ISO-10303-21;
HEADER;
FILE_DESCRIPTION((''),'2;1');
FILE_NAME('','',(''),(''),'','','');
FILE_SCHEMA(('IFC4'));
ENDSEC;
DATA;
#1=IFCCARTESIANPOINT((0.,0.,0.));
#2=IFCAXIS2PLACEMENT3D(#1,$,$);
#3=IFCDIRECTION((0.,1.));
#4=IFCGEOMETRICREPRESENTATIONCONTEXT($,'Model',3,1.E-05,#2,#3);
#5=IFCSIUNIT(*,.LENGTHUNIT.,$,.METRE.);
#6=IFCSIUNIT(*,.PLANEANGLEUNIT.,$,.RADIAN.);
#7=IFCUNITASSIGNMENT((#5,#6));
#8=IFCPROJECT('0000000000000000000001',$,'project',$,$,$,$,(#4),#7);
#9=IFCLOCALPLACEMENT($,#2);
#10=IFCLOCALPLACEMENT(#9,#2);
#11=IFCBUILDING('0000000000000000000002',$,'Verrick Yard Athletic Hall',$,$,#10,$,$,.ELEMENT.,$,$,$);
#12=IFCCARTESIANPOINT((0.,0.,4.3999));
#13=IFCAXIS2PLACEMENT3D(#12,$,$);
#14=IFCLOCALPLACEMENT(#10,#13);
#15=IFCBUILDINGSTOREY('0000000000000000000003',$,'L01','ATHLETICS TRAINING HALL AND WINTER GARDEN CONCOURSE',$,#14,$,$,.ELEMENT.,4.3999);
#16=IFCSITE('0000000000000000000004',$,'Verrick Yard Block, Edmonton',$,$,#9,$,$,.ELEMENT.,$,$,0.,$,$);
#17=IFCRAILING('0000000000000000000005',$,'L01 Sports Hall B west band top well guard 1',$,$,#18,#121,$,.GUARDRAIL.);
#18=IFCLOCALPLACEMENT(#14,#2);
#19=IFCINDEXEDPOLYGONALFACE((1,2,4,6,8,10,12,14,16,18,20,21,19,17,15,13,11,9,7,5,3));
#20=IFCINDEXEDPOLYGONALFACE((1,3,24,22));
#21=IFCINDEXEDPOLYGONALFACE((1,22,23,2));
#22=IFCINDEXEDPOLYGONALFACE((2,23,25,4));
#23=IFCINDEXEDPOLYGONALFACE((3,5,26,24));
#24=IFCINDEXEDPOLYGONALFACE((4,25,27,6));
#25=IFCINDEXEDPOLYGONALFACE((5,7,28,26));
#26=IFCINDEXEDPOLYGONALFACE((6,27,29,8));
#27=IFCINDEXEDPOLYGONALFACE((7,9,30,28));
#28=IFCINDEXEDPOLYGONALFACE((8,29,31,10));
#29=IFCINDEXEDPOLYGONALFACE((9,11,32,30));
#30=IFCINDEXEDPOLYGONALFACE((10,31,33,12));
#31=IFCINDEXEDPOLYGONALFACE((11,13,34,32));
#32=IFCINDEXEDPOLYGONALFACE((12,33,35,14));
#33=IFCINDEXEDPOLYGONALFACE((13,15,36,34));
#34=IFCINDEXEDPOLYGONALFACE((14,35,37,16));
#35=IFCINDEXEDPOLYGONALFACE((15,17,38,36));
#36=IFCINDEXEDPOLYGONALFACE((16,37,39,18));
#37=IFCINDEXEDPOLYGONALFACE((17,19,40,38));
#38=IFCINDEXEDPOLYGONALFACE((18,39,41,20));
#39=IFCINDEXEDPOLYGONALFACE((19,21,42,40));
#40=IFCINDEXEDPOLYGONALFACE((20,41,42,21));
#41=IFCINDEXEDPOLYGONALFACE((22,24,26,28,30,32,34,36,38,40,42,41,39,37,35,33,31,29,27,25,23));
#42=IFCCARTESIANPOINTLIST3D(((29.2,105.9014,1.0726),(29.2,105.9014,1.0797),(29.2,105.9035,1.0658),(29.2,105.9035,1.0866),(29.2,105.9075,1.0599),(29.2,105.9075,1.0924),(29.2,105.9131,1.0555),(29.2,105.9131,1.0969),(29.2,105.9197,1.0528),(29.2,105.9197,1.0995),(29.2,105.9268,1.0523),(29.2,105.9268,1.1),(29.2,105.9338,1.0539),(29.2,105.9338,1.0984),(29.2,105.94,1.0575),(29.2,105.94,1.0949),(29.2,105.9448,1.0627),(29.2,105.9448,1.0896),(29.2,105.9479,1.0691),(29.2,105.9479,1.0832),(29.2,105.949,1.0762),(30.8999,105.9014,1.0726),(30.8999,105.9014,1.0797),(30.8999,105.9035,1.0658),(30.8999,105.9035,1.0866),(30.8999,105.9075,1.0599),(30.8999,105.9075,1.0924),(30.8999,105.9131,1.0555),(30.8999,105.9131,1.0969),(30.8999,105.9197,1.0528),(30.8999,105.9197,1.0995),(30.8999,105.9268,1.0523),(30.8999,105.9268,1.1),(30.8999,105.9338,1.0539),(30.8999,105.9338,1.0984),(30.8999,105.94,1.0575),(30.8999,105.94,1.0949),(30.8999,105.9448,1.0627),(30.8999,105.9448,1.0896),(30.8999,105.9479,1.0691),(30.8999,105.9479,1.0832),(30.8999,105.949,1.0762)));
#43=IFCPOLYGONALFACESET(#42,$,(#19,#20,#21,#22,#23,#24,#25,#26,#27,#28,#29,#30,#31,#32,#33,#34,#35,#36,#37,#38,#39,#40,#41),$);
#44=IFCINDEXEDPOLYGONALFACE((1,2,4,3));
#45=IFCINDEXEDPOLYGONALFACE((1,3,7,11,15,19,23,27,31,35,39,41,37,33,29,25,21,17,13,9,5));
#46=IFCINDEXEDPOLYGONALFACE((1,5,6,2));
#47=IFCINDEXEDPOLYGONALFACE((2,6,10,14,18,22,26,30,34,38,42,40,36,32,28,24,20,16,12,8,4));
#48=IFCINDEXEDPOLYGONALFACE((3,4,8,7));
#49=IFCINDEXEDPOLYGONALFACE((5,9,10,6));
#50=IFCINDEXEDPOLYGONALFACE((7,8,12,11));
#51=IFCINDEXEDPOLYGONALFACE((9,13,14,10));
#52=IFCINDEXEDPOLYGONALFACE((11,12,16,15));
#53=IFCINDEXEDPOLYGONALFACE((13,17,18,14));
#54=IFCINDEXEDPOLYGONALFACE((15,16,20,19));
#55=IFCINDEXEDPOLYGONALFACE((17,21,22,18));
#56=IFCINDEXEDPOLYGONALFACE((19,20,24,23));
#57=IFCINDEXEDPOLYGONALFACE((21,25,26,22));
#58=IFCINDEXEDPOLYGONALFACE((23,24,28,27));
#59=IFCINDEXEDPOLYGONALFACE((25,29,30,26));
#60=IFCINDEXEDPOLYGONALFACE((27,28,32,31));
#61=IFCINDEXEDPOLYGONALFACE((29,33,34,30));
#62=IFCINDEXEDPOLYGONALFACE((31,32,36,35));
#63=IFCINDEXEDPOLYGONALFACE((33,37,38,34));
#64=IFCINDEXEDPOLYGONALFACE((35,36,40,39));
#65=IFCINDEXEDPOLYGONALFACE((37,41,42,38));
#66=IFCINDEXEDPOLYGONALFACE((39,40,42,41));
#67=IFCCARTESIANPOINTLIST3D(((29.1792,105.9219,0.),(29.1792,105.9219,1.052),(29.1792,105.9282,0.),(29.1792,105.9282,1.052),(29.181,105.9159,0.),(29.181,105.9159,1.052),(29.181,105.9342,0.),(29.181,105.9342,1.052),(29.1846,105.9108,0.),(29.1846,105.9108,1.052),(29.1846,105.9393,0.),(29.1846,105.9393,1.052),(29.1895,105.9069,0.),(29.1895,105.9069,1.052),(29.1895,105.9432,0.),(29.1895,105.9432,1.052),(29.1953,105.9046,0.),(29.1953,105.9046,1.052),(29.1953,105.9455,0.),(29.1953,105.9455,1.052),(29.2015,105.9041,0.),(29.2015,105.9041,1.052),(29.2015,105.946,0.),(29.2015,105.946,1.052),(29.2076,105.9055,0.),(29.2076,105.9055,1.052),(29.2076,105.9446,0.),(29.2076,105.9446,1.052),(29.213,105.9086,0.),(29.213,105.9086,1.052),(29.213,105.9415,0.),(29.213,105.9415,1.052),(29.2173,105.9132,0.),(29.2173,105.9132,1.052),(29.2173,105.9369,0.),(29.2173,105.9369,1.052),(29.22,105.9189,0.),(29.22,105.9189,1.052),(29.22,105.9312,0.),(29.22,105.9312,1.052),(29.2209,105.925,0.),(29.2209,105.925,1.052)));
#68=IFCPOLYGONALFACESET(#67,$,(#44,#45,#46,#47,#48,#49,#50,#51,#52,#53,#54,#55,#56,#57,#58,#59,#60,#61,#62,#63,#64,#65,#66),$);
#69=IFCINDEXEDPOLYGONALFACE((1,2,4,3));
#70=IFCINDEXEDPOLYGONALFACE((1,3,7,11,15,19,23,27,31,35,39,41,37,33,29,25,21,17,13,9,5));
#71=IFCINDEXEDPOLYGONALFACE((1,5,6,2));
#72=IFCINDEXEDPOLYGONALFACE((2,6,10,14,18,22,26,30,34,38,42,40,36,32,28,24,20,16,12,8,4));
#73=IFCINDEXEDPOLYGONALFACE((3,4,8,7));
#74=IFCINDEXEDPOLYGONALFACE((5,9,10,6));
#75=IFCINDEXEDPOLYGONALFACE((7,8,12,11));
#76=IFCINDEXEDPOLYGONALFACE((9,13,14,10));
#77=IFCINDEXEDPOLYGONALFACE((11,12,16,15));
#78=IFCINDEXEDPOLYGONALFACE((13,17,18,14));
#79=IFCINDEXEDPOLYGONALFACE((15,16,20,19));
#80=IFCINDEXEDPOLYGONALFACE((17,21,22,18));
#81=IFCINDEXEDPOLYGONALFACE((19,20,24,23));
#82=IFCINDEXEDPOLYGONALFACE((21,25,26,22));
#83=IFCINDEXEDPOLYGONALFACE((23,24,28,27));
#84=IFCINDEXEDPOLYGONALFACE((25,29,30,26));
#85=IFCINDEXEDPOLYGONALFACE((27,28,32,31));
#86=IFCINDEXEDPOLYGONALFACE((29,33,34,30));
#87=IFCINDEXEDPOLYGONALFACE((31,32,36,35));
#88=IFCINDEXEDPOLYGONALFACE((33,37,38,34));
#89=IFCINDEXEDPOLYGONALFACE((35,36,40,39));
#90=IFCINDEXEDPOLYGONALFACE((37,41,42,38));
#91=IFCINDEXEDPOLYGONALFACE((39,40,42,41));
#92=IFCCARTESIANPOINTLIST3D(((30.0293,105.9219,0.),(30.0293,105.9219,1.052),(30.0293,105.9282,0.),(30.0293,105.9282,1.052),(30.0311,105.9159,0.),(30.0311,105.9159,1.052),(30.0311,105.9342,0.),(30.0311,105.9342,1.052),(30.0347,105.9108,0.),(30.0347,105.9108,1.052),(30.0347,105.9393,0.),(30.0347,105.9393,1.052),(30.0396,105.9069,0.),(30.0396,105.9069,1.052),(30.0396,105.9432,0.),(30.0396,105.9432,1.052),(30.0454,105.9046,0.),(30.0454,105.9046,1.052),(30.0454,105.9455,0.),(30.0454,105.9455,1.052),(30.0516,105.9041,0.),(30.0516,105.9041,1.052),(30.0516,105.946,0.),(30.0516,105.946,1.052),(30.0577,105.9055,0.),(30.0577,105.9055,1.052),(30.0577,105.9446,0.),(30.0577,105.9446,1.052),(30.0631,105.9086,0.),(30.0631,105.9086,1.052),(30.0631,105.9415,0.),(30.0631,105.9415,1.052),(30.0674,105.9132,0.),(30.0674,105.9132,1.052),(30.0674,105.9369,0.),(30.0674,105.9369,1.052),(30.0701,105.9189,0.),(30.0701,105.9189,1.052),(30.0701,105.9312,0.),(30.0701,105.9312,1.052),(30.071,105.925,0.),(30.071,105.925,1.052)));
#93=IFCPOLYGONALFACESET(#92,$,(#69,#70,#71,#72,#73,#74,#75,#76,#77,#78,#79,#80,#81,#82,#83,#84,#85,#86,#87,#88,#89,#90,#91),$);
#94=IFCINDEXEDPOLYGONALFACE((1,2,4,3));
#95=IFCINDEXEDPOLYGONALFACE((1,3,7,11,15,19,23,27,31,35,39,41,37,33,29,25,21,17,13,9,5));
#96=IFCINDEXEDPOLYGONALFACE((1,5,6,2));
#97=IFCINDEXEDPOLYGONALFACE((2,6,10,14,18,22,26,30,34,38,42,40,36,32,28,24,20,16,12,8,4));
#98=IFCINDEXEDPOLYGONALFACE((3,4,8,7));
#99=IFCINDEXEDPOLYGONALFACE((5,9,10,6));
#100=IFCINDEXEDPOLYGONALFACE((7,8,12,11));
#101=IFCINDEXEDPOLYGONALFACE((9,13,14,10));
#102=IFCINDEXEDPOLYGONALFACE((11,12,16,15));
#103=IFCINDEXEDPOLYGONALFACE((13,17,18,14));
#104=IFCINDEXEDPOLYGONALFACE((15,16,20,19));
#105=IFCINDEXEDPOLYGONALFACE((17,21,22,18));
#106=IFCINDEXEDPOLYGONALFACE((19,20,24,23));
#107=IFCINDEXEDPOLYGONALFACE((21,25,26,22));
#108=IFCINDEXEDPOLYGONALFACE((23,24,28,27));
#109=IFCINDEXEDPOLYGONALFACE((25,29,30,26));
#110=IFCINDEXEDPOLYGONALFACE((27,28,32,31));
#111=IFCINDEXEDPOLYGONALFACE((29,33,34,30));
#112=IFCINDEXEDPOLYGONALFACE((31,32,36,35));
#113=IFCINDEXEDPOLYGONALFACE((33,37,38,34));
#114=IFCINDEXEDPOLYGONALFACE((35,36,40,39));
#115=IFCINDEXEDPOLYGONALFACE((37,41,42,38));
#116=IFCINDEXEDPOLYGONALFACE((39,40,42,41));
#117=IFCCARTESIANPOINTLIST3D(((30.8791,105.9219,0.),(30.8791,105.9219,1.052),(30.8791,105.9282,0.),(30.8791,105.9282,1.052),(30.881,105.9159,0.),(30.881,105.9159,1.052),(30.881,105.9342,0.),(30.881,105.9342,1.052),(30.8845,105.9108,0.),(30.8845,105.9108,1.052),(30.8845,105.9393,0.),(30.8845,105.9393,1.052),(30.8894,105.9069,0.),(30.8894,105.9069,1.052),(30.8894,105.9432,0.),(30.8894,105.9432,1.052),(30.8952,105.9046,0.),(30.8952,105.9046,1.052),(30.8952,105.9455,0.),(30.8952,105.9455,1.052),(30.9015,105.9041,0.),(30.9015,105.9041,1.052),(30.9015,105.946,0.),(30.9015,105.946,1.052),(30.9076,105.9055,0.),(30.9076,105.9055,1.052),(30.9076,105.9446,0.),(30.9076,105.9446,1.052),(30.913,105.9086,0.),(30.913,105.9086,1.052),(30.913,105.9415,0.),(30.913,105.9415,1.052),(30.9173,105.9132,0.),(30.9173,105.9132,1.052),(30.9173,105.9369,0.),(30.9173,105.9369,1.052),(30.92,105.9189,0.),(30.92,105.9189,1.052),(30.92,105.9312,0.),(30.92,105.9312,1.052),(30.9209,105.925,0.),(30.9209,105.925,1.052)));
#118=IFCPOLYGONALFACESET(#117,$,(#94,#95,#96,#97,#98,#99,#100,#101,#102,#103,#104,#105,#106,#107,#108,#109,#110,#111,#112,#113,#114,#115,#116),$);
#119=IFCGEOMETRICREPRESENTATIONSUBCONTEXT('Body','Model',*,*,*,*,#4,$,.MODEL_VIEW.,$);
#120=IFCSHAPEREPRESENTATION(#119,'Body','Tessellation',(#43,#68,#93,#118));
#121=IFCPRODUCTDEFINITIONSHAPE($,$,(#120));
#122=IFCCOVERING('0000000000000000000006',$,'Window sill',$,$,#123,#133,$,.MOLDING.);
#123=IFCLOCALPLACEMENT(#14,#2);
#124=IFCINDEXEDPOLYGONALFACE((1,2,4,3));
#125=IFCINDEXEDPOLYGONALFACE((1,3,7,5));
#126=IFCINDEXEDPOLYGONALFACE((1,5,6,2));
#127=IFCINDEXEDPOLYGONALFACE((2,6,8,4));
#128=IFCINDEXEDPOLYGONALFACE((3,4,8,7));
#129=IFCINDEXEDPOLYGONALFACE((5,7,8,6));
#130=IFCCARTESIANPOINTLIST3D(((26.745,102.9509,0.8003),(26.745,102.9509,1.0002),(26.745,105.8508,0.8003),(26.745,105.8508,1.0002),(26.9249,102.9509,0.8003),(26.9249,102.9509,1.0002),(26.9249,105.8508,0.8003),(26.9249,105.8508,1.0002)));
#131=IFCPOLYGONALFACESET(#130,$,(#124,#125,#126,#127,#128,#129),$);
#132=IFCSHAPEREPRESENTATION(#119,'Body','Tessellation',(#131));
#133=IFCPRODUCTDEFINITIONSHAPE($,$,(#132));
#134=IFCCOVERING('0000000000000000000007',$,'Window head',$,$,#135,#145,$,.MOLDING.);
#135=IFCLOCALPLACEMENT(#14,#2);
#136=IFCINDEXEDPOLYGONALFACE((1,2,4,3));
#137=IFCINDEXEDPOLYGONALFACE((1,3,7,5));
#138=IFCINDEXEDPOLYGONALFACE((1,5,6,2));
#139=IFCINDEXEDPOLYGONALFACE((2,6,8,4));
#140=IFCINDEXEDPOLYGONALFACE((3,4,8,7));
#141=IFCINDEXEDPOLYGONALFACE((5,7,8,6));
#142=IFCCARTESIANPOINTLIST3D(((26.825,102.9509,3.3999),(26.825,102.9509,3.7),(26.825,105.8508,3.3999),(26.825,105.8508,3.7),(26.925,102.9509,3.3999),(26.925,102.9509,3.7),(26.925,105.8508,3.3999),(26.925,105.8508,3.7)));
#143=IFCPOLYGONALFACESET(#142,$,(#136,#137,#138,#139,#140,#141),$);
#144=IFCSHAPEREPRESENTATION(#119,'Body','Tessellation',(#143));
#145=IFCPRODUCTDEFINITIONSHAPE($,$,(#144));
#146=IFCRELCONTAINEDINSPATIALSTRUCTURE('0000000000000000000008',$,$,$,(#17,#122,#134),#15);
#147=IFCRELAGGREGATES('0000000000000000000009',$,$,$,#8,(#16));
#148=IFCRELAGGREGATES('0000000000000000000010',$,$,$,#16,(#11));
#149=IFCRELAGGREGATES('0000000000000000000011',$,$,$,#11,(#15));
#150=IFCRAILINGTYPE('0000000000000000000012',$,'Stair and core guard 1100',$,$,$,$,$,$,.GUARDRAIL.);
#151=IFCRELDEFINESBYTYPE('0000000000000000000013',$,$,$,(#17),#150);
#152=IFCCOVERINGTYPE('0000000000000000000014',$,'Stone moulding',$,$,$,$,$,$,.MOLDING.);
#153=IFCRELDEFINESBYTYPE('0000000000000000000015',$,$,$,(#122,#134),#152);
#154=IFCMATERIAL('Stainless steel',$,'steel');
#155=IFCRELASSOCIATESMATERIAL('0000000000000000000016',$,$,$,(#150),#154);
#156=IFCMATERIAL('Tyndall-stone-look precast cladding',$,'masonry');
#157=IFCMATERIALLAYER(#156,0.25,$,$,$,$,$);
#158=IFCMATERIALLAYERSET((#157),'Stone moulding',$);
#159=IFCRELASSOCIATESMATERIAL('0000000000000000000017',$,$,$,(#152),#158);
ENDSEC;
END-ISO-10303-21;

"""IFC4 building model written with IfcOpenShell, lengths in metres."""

from ifc_helpers import new_model, si_unit, direction, frame, origin, origin_2d, place, context, subcontext, project, spatial, rectangle, circle, extrude, material, layer, layer_set, type_object, element, save


model = new_model("IFC4")

# Units and contexts
model_context = context("Model", 3, precision=1e-05, world=origin(), true_north=direction((0.0, 1.0)))
body_context = subcontext(model_context, "Body", "Model", "MODEL_VIEW")
ifc_project = project(units=[si_unit("LENGTHUNIT", "METRE"), si_unit("PLANEANGLEUNIT", "RADIAN")], contexts=[model_context])

# Site, building, storey
site_placement = place(None, origin())
site = spatial("IfcSite", under=ifc_project, at=site_placement, Name="Verrick Yard Block, Edmonton", CompositionType="ELEMENT", RefElevation=0.0)
building_placement = place(site_placement, origin())
building = spatial("IfcBuilding", under=site, at=building_placement, Name="Verrick Yard Athletic Hall", CompositionType="ELEMENT")
storey_placement = place(building_placement, frame((0.0, 0.0, 4.3999)))
storey = spatial("IfcBuildingStorey", under=building, at=storey_placement, Name="L01", Description="ATHLETICS TRAINING HALL AND WINTER GARDEN CONCOURSE", CompositionType="ELEMENT", Elevation=4.3999)

# Shared definitions
ifc_material_1 = material(Name="Tyndall-stone-look precast cladding", Category="masonry")

# Railing
ifc_material_2 = material(Name="Stainless steel", Category="steel")
railing_type = type_object("IfcRailingType", Name="Stair and core guard 1100", PredefinedType="GUARDRAIL", material=ifc_material_2)
railing_placement = place(storey_placement, frame((29.2, 105.925, 0.0)))
element("IfcRailing", 1, at=railing_placement, inside=storey, type_object=railing_type, Name="L01 Sports Hall B west band top well guard 1", PredefinedType="GUARDRAIL", context=body_context, shape_type="SweptSolid", body=[
    extrude(circle(Radius=0.0239, at=origin_2d()), frame((0.0, 0.0, 1.0762), z_axis=(1.0, 0.0, 0.0), x_axis=(0.0, 1.0, 0.0)), (0.0, 0.0, 1.0), 1.7),
    extrude(circle(Radius=0.021, at=origin_2d()), origin(), (0.0, 0.0, 1.0), 1.052),
    extrude(circle(Radius=0.021, at=origin_2d()), frame((0.8501, 0.0, 0.0)), (0.0, 0.0, 1.0), 1.052),
    extrude(circle(Radius=0.021, at=origin_2d()), frame((1.7, 0.0, 0.0)), (0.0, 0.0, 1.0), 1.052),
])

# Coverings
ifc_layer_1 = layer(ifc_material_1, 0.25)
ifc_layer_set_1 = layer_set([ifc_layer_1], Name="Stone moulding")
covering_type = type_object("IfcCoveringType", Name="Stone moulding", PredefinedType="MOLDING", material=ifc_layer_set_1)
covering_1_placement = place(storey_placement, frame((26.835, 104.4009, 0.8003), z_axis=(0.0, 0.0, 1.0), x_axis=(0.0, 1.0, 0.0)))
element("IfcCovering", 2, at=covering_1_placement, inside=storey, type_object=covering_type, Name="Window sill", PredefinedType="MOLDING", context=body_context, shape_type="SweptSolid", body=[
    extrude(rectangle(XDim=2.8999, YDim=0.1799, at=origin_2d()), origin(), (0.0, 0.0, 1.0), 0.2),
])
covering_2_placement = place(storey_placement, frame((26.875, 104.4009, 3.3999), z_axis=(0.0, 0.0, 1.0), x_axis=(0.0, 1.0, 0.0)))
element("IfcCovering", 3, at=covering_2_placement, inside=storey, type_object=covering_type, Name="Window head", PredefinedType="MOLDING", context=body_context, shape_type="SweptSolid", body=[
    extrude(rectangle(XDim=2.8999, YDim=0.1001, at=origin_2d()), origin(), (0.0, 0.0, 1.0), 0.3),
])

save(model, "model.ifc")
